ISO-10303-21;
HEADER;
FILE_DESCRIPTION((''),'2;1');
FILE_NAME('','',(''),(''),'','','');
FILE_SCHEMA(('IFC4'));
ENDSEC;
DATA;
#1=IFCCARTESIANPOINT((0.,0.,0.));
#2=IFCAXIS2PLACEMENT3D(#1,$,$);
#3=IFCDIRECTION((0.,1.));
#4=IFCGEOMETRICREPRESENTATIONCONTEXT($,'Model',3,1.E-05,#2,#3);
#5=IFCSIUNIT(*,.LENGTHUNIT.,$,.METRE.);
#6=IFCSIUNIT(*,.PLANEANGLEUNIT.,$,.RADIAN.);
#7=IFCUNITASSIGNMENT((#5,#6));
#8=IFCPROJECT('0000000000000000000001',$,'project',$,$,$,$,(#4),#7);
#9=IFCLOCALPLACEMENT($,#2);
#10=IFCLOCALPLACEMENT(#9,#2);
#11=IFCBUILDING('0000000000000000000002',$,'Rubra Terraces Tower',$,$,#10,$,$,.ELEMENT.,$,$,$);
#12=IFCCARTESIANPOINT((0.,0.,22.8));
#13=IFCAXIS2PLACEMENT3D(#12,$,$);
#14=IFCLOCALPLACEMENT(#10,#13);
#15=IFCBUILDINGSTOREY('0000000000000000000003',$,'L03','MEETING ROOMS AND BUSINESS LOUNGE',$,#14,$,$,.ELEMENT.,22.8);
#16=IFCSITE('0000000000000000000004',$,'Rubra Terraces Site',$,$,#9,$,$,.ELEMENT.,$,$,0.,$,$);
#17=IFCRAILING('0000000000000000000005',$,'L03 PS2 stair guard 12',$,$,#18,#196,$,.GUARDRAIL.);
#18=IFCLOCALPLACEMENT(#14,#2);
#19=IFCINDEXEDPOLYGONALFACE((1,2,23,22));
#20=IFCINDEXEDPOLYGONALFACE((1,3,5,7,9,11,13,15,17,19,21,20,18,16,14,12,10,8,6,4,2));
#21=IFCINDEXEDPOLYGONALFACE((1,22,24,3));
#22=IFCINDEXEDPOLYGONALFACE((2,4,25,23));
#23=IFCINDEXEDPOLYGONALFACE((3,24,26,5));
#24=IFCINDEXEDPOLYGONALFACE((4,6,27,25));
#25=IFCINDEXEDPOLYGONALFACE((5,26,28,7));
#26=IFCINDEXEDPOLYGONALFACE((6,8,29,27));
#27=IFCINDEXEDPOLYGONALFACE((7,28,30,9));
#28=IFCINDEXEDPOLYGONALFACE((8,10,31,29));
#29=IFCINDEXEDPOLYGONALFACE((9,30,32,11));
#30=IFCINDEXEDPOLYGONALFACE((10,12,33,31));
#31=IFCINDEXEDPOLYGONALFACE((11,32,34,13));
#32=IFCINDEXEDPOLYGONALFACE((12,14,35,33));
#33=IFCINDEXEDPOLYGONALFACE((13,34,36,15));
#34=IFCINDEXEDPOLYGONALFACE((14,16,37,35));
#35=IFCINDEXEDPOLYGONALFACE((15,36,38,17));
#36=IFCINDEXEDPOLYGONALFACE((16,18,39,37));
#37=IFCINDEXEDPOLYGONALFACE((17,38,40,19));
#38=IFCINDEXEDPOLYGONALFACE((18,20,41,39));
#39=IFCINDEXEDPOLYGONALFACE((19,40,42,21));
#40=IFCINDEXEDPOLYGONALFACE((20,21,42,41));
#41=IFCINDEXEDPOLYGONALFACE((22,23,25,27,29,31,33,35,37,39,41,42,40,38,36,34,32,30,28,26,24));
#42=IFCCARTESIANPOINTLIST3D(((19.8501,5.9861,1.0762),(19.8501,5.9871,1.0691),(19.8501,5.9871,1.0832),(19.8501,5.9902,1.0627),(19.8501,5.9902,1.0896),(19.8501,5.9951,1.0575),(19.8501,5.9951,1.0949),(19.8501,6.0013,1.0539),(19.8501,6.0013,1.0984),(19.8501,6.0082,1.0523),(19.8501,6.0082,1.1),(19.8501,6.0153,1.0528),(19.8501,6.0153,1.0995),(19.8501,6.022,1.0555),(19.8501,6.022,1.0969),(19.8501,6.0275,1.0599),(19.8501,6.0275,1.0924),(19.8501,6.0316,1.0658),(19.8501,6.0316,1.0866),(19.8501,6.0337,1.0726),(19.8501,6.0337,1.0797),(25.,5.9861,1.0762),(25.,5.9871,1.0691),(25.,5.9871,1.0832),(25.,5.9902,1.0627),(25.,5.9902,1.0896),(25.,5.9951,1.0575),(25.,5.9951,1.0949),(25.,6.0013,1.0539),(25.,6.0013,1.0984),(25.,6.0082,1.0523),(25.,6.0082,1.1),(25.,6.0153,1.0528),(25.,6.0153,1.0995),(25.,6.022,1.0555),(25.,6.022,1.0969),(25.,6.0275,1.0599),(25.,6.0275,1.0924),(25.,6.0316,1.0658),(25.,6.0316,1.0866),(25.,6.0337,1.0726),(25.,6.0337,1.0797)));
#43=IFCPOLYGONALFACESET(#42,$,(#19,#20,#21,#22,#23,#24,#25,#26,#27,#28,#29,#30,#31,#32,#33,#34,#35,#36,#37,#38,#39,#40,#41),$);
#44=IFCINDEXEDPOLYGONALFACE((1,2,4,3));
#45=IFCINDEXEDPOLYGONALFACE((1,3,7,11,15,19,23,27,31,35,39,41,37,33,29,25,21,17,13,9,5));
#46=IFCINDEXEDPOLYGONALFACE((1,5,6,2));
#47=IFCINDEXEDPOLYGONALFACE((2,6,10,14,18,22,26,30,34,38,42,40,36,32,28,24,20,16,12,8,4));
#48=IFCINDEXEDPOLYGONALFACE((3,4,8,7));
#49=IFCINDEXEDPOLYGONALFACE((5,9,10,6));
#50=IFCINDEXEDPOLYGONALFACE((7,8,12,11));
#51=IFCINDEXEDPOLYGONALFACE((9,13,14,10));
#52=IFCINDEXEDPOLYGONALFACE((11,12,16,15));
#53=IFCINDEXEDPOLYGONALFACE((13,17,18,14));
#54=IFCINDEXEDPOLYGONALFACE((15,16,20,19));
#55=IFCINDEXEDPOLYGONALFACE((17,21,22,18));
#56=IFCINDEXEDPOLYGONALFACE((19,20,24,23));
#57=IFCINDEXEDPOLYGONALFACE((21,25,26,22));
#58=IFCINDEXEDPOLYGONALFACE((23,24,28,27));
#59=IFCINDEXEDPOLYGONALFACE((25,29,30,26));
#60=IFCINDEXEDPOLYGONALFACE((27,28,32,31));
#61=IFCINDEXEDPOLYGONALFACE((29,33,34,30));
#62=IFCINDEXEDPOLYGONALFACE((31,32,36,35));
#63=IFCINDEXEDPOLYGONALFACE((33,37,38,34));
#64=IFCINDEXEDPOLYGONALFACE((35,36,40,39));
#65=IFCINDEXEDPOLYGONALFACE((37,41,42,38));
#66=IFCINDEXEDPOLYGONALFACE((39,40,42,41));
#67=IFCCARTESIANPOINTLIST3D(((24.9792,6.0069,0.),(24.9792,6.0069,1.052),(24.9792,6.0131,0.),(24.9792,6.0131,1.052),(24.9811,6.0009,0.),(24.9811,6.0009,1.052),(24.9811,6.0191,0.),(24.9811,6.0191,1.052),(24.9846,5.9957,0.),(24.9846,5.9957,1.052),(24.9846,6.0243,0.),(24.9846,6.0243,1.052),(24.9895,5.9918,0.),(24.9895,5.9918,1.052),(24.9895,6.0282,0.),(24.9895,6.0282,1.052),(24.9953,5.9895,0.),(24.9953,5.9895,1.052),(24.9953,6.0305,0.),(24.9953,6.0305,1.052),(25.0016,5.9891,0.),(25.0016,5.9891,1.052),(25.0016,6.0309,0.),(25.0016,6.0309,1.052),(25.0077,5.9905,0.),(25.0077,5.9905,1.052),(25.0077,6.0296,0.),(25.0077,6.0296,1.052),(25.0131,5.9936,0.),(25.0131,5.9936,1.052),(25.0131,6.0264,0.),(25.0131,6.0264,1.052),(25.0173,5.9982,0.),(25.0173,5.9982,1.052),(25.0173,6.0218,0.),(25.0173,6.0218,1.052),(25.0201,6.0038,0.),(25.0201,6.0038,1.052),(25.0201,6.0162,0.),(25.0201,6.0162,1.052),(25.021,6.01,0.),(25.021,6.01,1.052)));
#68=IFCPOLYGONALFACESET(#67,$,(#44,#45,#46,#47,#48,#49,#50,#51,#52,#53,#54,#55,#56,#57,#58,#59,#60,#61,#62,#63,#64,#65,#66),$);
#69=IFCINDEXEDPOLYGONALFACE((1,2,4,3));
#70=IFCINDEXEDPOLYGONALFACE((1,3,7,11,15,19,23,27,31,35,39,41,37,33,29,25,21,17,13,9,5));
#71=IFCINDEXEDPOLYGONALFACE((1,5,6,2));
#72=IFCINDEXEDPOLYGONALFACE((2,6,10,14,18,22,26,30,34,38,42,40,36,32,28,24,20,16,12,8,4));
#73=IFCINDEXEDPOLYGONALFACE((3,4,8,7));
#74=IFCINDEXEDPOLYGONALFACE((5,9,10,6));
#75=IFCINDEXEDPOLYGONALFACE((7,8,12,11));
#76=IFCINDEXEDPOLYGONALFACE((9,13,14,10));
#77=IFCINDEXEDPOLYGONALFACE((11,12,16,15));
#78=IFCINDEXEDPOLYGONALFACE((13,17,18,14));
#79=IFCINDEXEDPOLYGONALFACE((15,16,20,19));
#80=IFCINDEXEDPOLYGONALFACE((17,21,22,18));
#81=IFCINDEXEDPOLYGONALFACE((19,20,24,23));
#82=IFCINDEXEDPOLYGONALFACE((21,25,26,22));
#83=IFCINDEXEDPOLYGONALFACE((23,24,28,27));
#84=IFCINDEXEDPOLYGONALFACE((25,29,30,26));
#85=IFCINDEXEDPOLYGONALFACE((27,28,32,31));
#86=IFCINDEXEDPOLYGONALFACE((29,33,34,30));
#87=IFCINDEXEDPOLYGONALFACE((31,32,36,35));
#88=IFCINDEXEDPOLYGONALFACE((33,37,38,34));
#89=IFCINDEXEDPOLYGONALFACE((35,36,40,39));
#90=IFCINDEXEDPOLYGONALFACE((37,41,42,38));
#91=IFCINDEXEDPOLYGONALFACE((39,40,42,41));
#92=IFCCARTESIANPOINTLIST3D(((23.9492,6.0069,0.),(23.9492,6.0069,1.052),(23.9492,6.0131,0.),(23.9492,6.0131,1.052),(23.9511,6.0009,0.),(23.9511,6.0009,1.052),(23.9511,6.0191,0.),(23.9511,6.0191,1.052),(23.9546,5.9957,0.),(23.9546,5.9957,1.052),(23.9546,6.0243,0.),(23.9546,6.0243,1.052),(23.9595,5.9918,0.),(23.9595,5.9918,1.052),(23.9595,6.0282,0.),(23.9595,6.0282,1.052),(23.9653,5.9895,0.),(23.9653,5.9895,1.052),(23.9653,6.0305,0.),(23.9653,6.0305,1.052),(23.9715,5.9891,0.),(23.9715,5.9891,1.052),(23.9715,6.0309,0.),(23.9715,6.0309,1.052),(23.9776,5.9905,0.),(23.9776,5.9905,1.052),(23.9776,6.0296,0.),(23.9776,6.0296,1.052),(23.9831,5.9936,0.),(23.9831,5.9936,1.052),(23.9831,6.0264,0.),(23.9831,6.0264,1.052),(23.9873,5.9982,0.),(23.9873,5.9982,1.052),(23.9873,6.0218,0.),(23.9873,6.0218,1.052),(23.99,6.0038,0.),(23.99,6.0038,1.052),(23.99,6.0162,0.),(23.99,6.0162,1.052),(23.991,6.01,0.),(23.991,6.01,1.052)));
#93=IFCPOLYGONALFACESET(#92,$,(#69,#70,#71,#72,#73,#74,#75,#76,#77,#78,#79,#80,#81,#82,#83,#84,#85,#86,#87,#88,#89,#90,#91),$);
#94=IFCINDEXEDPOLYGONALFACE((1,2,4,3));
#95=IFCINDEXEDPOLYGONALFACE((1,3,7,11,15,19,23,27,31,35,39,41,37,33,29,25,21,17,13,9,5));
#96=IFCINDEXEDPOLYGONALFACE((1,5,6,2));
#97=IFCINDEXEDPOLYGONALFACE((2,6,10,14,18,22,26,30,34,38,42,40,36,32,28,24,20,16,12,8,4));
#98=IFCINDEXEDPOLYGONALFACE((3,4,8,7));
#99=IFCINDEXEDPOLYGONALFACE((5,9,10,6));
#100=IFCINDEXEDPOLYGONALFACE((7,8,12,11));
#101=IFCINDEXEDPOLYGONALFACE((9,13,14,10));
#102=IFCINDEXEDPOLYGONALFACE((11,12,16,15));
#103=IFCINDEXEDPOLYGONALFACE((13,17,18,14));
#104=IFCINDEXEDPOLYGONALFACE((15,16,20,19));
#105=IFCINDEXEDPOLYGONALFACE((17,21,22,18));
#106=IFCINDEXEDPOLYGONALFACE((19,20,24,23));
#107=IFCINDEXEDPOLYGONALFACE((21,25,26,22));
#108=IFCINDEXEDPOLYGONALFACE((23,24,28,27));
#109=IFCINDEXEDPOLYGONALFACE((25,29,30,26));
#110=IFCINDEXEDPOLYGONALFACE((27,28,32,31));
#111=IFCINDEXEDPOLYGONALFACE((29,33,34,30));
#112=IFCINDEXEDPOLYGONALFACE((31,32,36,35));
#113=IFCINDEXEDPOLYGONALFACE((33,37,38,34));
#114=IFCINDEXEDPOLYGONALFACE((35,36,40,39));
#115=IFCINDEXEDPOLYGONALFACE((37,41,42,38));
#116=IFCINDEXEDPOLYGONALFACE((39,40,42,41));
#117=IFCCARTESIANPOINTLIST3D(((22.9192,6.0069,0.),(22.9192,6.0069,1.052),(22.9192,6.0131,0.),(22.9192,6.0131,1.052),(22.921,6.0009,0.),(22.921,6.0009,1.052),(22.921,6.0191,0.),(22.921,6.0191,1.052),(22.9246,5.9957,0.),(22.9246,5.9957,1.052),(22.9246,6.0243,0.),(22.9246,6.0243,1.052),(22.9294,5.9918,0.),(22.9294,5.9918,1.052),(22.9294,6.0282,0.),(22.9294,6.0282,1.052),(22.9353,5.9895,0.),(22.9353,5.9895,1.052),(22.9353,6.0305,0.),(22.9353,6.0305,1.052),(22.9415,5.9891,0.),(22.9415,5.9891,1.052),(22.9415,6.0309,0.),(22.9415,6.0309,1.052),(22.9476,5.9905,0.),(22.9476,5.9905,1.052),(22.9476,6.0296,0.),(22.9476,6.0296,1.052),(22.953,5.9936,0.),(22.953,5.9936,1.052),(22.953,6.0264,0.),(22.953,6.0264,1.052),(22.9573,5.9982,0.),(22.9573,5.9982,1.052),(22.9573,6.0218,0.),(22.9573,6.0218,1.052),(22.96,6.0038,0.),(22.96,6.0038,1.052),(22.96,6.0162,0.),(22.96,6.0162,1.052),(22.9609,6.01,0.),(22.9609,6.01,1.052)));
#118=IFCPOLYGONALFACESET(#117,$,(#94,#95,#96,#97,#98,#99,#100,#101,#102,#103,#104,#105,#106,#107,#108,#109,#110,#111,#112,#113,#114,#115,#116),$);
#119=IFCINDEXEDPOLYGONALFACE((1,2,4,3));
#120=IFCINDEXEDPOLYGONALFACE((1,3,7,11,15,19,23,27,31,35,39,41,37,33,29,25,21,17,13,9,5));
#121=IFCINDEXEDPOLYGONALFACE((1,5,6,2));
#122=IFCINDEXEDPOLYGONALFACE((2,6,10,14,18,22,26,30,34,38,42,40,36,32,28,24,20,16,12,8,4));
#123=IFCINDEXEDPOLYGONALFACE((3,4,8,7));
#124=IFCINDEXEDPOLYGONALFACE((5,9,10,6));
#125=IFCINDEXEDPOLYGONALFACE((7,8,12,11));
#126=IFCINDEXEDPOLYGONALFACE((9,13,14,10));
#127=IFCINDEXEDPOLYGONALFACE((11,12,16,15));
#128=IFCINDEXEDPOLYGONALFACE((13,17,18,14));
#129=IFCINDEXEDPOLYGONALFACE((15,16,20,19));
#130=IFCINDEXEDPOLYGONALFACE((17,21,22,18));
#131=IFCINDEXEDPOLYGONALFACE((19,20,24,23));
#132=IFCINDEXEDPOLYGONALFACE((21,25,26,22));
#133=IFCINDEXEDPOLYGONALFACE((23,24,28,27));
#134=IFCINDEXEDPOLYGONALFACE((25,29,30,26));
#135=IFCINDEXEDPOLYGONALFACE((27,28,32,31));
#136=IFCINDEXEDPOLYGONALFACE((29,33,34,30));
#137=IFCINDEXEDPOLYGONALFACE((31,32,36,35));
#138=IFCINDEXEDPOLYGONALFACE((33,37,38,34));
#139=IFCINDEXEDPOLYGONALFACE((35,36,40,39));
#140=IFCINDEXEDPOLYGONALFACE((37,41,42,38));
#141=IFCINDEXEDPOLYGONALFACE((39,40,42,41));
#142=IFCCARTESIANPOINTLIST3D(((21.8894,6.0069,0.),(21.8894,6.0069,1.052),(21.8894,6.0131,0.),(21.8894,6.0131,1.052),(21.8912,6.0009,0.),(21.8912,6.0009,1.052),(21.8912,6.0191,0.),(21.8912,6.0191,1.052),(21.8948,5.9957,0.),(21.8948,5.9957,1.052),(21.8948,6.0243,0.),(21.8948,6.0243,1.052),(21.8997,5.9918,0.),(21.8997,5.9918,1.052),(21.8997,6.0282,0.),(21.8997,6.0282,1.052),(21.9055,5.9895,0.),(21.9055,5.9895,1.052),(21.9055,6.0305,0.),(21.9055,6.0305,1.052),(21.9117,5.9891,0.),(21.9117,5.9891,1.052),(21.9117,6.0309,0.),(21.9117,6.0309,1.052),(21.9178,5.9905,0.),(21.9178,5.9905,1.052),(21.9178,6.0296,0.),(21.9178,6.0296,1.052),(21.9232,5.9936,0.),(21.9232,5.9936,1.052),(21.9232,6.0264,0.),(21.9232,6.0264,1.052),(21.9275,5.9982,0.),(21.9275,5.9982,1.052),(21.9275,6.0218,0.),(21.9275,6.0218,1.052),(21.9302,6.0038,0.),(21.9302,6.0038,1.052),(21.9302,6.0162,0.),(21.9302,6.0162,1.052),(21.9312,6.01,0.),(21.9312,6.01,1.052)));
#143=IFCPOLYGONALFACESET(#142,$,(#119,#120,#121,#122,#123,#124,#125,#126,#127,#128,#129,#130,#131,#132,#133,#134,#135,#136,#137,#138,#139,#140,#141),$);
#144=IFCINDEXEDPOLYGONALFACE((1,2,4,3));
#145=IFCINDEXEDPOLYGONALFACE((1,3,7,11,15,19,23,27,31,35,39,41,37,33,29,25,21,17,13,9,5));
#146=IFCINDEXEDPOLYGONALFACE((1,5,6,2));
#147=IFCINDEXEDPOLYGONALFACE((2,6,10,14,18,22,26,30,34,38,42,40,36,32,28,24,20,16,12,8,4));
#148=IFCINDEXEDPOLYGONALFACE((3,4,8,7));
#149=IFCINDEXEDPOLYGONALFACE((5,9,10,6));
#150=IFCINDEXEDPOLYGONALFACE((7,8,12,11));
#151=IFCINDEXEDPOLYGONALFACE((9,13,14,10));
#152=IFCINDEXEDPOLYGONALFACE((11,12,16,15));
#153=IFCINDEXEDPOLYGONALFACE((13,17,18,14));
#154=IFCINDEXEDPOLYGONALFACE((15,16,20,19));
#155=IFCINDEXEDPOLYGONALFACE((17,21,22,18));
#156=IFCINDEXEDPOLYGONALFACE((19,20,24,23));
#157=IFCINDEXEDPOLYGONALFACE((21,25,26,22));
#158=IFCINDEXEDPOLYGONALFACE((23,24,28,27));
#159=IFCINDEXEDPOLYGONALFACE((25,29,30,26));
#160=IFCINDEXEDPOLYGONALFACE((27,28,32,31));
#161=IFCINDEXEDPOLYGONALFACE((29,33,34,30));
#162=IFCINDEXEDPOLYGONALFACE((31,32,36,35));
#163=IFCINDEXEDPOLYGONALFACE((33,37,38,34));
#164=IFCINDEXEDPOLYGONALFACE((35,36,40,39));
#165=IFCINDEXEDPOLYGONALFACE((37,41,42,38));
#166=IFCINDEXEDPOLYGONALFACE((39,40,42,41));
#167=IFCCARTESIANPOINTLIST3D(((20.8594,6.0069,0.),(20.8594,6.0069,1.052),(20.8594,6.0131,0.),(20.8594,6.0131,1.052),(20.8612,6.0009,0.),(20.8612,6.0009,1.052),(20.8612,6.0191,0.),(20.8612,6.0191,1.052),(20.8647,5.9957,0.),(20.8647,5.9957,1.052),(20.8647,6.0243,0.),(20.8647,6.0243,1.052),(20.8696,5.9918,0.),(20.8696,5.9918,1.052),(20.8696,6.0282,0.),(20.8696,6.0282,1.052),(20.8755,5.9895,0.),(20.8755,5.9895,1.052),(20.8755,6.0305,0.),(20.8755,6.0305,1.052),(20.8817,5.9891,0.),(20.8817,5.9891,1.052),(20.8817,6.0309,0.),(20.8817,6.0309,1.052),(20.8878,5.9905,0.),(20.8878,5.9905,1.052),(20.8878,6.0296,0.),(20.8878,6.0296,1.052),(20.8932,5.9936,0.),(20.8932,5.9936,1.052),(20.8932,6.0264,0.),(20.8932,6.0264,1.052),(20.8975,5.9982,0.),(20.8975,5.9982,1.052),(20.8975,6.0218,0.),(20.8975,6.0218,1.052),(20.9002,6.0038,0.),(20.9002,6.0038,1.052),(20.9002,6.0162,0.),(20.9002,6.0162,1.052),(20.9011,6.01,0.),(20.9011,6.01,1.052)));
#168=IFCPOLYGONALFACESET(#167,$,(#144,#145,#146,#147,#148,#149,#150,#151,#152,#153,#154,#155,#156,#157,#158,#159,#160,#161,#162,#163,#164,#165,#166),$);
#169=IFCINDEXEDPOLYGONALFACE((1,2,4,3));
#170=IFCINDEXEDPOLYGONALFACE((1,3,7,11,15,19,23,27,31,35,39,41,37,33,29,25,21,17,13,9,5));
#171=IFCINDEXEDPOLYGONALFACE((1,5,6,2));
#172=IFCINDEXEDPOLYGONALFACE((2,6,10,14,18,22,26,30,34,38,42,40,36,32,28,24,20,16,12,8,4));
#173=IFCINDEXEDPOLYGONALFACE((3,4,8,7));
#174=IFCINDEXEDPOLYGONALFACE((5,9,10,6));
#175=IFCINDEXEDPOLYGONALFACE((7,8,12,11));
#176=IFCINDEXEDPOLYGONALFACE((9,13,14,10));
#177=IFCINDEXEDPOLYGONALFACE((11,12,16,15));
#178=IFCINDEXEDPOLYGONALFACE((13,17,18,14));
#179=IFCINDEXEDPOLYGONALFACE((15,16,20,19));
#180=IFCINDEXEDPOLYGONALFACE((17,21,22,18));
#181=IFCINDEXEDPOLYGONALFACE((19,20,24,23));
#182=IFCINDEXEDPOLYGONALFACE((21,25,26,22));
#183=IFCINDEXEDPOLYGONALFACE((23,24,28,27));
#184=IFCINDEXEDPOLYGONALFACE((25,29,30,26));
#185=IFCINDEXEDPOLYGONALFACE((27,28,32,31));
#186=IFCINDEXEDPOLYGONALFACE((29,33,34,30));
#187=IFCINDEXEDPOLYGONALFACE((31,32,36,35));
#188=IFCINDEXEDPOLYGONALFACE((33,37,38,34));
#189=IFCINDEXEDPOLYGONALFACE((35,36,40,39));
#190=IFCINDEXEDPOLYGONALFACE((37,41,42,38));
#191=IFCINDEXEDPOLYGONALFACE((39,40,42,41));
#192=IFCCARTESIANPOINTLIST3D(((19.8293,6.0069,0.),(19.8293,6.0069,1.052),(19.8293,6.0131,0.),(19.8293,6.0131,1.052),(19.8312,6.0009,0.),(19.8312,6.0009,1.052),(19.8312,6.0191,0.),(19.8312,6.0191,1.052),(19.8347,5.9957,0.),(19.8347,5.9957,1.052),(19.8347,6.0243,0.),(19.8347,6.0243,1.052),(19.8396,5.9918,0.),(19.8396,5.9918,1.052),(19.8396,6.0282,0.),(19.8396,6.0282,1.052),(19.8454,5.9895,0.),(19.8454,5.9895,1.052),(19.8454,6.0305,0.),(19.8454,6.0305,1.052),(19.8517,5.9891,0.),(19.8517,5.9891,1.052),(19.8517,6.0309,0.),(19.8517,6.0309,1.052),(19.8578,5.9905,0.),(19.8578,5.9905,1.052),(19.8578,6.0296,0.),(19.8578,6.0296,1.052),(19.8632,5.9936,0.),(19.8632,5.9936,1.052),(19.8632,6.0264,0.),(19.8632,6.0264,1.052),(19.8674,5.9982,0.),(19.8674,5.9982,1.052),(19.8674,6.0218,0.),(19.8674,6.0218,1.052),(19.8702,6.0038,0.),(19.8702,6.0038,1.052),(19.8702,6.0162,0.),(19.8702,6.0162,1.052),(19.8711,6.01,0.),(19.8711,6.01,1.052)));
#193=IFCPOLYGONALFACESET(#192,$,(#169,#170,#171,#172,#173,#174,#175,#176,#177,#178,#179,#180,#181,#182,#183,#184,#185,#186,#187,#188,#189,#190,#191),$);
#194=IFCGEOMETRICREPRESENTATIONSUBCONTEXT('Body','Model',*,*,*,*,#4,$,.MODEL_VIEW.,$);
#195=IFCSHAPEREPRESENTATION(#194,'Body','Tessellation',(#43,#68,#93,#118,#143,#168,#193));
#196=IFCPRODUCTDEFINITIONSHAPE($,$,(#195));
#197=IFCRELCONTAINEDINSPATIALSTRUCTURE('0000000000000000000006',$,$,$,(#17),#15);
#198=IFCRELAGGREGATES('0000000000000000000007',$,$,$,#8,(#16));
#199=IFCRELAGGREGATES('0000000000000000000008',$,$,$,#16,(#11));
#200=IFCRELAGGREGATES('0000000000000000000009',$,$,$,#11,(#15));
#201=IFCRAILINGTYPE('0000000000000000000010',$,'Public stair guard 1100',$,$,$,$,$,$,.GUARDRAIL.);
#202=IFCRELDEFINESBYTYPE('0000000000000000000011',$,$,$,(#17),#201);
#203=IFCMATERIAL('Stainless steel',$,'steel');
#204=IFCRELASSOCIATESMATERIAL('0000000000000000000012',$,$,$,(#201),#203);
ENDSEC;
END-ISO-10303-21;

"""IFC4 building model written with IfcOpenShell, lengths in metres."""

from ifc_helpers import new_model, si_unit, direction, frame, origin, origin_2d, place, context, subcontext, project, spatial, circle, extrude, material, type_object, element, save


model = new_model("IFC4")

# Units and contexts
model_context = context("Model", 3, precision=1e-05, world=origin(), true_north=direction((0.0, 1.0)))
body_context = subcontext(model_context, "Body", "Model", "MODEL_VIEW")
ifc_project = project(units=[si_unit("LENGTHUNIT", "METRE"), si_unit("PLANEANGLEUNIT", "RADIAN")], contexts=[model_context])

# Site, building, storey
site_placement = place(None, origin())
site = spatial("IfcSite", under=ifc_project, at=site_placement, Name="Rubra Terraces Site", CompositionType="ELEMENT", RefElevation=0.0)
building_placement = place(site_placement, origin())
building = spatial("IfcBuilding", under=site, at=building_placement, Name="Rubra Terraces Tower", CompositionType="ELEMENT")
storey_placement = place(building_placement, frame((0.0, 0.0, 22.8)))
storey = spatial("IfcBuildingStorey", under=building, at=storey_placement, Name="L03", Description="MEETING ROOMS AND BUSINESS LOUNGE", CompositionType="ELEMENT", Elevation=22.8)

# Railing
ifc_material_1 = material(Name="Stainless steel", Category="steel")
railing_type_1 = type_object("IfcRailingType", Name="Public stair guard 1100", PredefinedType="GUARDRAIL", material=ifc_material_1)
railing_1_placement = place(storey_placement, frame((25.0, 6.01, 0.0)))
element("IfcRailing", 1, at=railing_1_placement, inside=storey, type_object=railing_type_1, Name="L03 PS2 stair guard 12", PredefinedType="GUARDRAIL", context=body_context, shape_type="SweptSolid", body=[
    extrude(circle(Radius=0.0239, at=origin_2d()), frame((0.0, 0.0, 1.0762), z_axis=(-1.0, 0.0, 0.0), x_axis=(0.0, -1.0, 0.0)), (0.0, 0.0, 1.0), 5.1499),
    extrude(circle(Radius=0.021, at=origin_2d()), origin(), (0.0, 0.0, 1.0), 1.052),
    extrude(circle(Radius=0.021, at=origin_2d()), frame((-1.03, 0.0, 0.0)), (0.0, 0.0, 1.0), 1.052),
    extrude(circle(Radius=0.021, at=origin_2d()), frame((-2.0601, 0.0, 0.0)), (0.0, 0.0, 1.0), 1.052),
    extrude(circle(Radius=0.021, at=origin_2d()), frame((-3.0898, 0.0, 0.0)), (0.0, 0.0, 1.0), 1.052),
    extrude(circle(Radius=0.021, at=origin_2d()), frame((-4.1199, 0.0, 0.0)), (0.0, 0.0, 1.0), 1.052),
    extrude(circle(Radius=0.021, at=origin_2d()), frame((-5.1499, 0.0, 0.0)), (0.0, 0.0, 1.0), 1.052),
])

save(model, "model.ifc")
